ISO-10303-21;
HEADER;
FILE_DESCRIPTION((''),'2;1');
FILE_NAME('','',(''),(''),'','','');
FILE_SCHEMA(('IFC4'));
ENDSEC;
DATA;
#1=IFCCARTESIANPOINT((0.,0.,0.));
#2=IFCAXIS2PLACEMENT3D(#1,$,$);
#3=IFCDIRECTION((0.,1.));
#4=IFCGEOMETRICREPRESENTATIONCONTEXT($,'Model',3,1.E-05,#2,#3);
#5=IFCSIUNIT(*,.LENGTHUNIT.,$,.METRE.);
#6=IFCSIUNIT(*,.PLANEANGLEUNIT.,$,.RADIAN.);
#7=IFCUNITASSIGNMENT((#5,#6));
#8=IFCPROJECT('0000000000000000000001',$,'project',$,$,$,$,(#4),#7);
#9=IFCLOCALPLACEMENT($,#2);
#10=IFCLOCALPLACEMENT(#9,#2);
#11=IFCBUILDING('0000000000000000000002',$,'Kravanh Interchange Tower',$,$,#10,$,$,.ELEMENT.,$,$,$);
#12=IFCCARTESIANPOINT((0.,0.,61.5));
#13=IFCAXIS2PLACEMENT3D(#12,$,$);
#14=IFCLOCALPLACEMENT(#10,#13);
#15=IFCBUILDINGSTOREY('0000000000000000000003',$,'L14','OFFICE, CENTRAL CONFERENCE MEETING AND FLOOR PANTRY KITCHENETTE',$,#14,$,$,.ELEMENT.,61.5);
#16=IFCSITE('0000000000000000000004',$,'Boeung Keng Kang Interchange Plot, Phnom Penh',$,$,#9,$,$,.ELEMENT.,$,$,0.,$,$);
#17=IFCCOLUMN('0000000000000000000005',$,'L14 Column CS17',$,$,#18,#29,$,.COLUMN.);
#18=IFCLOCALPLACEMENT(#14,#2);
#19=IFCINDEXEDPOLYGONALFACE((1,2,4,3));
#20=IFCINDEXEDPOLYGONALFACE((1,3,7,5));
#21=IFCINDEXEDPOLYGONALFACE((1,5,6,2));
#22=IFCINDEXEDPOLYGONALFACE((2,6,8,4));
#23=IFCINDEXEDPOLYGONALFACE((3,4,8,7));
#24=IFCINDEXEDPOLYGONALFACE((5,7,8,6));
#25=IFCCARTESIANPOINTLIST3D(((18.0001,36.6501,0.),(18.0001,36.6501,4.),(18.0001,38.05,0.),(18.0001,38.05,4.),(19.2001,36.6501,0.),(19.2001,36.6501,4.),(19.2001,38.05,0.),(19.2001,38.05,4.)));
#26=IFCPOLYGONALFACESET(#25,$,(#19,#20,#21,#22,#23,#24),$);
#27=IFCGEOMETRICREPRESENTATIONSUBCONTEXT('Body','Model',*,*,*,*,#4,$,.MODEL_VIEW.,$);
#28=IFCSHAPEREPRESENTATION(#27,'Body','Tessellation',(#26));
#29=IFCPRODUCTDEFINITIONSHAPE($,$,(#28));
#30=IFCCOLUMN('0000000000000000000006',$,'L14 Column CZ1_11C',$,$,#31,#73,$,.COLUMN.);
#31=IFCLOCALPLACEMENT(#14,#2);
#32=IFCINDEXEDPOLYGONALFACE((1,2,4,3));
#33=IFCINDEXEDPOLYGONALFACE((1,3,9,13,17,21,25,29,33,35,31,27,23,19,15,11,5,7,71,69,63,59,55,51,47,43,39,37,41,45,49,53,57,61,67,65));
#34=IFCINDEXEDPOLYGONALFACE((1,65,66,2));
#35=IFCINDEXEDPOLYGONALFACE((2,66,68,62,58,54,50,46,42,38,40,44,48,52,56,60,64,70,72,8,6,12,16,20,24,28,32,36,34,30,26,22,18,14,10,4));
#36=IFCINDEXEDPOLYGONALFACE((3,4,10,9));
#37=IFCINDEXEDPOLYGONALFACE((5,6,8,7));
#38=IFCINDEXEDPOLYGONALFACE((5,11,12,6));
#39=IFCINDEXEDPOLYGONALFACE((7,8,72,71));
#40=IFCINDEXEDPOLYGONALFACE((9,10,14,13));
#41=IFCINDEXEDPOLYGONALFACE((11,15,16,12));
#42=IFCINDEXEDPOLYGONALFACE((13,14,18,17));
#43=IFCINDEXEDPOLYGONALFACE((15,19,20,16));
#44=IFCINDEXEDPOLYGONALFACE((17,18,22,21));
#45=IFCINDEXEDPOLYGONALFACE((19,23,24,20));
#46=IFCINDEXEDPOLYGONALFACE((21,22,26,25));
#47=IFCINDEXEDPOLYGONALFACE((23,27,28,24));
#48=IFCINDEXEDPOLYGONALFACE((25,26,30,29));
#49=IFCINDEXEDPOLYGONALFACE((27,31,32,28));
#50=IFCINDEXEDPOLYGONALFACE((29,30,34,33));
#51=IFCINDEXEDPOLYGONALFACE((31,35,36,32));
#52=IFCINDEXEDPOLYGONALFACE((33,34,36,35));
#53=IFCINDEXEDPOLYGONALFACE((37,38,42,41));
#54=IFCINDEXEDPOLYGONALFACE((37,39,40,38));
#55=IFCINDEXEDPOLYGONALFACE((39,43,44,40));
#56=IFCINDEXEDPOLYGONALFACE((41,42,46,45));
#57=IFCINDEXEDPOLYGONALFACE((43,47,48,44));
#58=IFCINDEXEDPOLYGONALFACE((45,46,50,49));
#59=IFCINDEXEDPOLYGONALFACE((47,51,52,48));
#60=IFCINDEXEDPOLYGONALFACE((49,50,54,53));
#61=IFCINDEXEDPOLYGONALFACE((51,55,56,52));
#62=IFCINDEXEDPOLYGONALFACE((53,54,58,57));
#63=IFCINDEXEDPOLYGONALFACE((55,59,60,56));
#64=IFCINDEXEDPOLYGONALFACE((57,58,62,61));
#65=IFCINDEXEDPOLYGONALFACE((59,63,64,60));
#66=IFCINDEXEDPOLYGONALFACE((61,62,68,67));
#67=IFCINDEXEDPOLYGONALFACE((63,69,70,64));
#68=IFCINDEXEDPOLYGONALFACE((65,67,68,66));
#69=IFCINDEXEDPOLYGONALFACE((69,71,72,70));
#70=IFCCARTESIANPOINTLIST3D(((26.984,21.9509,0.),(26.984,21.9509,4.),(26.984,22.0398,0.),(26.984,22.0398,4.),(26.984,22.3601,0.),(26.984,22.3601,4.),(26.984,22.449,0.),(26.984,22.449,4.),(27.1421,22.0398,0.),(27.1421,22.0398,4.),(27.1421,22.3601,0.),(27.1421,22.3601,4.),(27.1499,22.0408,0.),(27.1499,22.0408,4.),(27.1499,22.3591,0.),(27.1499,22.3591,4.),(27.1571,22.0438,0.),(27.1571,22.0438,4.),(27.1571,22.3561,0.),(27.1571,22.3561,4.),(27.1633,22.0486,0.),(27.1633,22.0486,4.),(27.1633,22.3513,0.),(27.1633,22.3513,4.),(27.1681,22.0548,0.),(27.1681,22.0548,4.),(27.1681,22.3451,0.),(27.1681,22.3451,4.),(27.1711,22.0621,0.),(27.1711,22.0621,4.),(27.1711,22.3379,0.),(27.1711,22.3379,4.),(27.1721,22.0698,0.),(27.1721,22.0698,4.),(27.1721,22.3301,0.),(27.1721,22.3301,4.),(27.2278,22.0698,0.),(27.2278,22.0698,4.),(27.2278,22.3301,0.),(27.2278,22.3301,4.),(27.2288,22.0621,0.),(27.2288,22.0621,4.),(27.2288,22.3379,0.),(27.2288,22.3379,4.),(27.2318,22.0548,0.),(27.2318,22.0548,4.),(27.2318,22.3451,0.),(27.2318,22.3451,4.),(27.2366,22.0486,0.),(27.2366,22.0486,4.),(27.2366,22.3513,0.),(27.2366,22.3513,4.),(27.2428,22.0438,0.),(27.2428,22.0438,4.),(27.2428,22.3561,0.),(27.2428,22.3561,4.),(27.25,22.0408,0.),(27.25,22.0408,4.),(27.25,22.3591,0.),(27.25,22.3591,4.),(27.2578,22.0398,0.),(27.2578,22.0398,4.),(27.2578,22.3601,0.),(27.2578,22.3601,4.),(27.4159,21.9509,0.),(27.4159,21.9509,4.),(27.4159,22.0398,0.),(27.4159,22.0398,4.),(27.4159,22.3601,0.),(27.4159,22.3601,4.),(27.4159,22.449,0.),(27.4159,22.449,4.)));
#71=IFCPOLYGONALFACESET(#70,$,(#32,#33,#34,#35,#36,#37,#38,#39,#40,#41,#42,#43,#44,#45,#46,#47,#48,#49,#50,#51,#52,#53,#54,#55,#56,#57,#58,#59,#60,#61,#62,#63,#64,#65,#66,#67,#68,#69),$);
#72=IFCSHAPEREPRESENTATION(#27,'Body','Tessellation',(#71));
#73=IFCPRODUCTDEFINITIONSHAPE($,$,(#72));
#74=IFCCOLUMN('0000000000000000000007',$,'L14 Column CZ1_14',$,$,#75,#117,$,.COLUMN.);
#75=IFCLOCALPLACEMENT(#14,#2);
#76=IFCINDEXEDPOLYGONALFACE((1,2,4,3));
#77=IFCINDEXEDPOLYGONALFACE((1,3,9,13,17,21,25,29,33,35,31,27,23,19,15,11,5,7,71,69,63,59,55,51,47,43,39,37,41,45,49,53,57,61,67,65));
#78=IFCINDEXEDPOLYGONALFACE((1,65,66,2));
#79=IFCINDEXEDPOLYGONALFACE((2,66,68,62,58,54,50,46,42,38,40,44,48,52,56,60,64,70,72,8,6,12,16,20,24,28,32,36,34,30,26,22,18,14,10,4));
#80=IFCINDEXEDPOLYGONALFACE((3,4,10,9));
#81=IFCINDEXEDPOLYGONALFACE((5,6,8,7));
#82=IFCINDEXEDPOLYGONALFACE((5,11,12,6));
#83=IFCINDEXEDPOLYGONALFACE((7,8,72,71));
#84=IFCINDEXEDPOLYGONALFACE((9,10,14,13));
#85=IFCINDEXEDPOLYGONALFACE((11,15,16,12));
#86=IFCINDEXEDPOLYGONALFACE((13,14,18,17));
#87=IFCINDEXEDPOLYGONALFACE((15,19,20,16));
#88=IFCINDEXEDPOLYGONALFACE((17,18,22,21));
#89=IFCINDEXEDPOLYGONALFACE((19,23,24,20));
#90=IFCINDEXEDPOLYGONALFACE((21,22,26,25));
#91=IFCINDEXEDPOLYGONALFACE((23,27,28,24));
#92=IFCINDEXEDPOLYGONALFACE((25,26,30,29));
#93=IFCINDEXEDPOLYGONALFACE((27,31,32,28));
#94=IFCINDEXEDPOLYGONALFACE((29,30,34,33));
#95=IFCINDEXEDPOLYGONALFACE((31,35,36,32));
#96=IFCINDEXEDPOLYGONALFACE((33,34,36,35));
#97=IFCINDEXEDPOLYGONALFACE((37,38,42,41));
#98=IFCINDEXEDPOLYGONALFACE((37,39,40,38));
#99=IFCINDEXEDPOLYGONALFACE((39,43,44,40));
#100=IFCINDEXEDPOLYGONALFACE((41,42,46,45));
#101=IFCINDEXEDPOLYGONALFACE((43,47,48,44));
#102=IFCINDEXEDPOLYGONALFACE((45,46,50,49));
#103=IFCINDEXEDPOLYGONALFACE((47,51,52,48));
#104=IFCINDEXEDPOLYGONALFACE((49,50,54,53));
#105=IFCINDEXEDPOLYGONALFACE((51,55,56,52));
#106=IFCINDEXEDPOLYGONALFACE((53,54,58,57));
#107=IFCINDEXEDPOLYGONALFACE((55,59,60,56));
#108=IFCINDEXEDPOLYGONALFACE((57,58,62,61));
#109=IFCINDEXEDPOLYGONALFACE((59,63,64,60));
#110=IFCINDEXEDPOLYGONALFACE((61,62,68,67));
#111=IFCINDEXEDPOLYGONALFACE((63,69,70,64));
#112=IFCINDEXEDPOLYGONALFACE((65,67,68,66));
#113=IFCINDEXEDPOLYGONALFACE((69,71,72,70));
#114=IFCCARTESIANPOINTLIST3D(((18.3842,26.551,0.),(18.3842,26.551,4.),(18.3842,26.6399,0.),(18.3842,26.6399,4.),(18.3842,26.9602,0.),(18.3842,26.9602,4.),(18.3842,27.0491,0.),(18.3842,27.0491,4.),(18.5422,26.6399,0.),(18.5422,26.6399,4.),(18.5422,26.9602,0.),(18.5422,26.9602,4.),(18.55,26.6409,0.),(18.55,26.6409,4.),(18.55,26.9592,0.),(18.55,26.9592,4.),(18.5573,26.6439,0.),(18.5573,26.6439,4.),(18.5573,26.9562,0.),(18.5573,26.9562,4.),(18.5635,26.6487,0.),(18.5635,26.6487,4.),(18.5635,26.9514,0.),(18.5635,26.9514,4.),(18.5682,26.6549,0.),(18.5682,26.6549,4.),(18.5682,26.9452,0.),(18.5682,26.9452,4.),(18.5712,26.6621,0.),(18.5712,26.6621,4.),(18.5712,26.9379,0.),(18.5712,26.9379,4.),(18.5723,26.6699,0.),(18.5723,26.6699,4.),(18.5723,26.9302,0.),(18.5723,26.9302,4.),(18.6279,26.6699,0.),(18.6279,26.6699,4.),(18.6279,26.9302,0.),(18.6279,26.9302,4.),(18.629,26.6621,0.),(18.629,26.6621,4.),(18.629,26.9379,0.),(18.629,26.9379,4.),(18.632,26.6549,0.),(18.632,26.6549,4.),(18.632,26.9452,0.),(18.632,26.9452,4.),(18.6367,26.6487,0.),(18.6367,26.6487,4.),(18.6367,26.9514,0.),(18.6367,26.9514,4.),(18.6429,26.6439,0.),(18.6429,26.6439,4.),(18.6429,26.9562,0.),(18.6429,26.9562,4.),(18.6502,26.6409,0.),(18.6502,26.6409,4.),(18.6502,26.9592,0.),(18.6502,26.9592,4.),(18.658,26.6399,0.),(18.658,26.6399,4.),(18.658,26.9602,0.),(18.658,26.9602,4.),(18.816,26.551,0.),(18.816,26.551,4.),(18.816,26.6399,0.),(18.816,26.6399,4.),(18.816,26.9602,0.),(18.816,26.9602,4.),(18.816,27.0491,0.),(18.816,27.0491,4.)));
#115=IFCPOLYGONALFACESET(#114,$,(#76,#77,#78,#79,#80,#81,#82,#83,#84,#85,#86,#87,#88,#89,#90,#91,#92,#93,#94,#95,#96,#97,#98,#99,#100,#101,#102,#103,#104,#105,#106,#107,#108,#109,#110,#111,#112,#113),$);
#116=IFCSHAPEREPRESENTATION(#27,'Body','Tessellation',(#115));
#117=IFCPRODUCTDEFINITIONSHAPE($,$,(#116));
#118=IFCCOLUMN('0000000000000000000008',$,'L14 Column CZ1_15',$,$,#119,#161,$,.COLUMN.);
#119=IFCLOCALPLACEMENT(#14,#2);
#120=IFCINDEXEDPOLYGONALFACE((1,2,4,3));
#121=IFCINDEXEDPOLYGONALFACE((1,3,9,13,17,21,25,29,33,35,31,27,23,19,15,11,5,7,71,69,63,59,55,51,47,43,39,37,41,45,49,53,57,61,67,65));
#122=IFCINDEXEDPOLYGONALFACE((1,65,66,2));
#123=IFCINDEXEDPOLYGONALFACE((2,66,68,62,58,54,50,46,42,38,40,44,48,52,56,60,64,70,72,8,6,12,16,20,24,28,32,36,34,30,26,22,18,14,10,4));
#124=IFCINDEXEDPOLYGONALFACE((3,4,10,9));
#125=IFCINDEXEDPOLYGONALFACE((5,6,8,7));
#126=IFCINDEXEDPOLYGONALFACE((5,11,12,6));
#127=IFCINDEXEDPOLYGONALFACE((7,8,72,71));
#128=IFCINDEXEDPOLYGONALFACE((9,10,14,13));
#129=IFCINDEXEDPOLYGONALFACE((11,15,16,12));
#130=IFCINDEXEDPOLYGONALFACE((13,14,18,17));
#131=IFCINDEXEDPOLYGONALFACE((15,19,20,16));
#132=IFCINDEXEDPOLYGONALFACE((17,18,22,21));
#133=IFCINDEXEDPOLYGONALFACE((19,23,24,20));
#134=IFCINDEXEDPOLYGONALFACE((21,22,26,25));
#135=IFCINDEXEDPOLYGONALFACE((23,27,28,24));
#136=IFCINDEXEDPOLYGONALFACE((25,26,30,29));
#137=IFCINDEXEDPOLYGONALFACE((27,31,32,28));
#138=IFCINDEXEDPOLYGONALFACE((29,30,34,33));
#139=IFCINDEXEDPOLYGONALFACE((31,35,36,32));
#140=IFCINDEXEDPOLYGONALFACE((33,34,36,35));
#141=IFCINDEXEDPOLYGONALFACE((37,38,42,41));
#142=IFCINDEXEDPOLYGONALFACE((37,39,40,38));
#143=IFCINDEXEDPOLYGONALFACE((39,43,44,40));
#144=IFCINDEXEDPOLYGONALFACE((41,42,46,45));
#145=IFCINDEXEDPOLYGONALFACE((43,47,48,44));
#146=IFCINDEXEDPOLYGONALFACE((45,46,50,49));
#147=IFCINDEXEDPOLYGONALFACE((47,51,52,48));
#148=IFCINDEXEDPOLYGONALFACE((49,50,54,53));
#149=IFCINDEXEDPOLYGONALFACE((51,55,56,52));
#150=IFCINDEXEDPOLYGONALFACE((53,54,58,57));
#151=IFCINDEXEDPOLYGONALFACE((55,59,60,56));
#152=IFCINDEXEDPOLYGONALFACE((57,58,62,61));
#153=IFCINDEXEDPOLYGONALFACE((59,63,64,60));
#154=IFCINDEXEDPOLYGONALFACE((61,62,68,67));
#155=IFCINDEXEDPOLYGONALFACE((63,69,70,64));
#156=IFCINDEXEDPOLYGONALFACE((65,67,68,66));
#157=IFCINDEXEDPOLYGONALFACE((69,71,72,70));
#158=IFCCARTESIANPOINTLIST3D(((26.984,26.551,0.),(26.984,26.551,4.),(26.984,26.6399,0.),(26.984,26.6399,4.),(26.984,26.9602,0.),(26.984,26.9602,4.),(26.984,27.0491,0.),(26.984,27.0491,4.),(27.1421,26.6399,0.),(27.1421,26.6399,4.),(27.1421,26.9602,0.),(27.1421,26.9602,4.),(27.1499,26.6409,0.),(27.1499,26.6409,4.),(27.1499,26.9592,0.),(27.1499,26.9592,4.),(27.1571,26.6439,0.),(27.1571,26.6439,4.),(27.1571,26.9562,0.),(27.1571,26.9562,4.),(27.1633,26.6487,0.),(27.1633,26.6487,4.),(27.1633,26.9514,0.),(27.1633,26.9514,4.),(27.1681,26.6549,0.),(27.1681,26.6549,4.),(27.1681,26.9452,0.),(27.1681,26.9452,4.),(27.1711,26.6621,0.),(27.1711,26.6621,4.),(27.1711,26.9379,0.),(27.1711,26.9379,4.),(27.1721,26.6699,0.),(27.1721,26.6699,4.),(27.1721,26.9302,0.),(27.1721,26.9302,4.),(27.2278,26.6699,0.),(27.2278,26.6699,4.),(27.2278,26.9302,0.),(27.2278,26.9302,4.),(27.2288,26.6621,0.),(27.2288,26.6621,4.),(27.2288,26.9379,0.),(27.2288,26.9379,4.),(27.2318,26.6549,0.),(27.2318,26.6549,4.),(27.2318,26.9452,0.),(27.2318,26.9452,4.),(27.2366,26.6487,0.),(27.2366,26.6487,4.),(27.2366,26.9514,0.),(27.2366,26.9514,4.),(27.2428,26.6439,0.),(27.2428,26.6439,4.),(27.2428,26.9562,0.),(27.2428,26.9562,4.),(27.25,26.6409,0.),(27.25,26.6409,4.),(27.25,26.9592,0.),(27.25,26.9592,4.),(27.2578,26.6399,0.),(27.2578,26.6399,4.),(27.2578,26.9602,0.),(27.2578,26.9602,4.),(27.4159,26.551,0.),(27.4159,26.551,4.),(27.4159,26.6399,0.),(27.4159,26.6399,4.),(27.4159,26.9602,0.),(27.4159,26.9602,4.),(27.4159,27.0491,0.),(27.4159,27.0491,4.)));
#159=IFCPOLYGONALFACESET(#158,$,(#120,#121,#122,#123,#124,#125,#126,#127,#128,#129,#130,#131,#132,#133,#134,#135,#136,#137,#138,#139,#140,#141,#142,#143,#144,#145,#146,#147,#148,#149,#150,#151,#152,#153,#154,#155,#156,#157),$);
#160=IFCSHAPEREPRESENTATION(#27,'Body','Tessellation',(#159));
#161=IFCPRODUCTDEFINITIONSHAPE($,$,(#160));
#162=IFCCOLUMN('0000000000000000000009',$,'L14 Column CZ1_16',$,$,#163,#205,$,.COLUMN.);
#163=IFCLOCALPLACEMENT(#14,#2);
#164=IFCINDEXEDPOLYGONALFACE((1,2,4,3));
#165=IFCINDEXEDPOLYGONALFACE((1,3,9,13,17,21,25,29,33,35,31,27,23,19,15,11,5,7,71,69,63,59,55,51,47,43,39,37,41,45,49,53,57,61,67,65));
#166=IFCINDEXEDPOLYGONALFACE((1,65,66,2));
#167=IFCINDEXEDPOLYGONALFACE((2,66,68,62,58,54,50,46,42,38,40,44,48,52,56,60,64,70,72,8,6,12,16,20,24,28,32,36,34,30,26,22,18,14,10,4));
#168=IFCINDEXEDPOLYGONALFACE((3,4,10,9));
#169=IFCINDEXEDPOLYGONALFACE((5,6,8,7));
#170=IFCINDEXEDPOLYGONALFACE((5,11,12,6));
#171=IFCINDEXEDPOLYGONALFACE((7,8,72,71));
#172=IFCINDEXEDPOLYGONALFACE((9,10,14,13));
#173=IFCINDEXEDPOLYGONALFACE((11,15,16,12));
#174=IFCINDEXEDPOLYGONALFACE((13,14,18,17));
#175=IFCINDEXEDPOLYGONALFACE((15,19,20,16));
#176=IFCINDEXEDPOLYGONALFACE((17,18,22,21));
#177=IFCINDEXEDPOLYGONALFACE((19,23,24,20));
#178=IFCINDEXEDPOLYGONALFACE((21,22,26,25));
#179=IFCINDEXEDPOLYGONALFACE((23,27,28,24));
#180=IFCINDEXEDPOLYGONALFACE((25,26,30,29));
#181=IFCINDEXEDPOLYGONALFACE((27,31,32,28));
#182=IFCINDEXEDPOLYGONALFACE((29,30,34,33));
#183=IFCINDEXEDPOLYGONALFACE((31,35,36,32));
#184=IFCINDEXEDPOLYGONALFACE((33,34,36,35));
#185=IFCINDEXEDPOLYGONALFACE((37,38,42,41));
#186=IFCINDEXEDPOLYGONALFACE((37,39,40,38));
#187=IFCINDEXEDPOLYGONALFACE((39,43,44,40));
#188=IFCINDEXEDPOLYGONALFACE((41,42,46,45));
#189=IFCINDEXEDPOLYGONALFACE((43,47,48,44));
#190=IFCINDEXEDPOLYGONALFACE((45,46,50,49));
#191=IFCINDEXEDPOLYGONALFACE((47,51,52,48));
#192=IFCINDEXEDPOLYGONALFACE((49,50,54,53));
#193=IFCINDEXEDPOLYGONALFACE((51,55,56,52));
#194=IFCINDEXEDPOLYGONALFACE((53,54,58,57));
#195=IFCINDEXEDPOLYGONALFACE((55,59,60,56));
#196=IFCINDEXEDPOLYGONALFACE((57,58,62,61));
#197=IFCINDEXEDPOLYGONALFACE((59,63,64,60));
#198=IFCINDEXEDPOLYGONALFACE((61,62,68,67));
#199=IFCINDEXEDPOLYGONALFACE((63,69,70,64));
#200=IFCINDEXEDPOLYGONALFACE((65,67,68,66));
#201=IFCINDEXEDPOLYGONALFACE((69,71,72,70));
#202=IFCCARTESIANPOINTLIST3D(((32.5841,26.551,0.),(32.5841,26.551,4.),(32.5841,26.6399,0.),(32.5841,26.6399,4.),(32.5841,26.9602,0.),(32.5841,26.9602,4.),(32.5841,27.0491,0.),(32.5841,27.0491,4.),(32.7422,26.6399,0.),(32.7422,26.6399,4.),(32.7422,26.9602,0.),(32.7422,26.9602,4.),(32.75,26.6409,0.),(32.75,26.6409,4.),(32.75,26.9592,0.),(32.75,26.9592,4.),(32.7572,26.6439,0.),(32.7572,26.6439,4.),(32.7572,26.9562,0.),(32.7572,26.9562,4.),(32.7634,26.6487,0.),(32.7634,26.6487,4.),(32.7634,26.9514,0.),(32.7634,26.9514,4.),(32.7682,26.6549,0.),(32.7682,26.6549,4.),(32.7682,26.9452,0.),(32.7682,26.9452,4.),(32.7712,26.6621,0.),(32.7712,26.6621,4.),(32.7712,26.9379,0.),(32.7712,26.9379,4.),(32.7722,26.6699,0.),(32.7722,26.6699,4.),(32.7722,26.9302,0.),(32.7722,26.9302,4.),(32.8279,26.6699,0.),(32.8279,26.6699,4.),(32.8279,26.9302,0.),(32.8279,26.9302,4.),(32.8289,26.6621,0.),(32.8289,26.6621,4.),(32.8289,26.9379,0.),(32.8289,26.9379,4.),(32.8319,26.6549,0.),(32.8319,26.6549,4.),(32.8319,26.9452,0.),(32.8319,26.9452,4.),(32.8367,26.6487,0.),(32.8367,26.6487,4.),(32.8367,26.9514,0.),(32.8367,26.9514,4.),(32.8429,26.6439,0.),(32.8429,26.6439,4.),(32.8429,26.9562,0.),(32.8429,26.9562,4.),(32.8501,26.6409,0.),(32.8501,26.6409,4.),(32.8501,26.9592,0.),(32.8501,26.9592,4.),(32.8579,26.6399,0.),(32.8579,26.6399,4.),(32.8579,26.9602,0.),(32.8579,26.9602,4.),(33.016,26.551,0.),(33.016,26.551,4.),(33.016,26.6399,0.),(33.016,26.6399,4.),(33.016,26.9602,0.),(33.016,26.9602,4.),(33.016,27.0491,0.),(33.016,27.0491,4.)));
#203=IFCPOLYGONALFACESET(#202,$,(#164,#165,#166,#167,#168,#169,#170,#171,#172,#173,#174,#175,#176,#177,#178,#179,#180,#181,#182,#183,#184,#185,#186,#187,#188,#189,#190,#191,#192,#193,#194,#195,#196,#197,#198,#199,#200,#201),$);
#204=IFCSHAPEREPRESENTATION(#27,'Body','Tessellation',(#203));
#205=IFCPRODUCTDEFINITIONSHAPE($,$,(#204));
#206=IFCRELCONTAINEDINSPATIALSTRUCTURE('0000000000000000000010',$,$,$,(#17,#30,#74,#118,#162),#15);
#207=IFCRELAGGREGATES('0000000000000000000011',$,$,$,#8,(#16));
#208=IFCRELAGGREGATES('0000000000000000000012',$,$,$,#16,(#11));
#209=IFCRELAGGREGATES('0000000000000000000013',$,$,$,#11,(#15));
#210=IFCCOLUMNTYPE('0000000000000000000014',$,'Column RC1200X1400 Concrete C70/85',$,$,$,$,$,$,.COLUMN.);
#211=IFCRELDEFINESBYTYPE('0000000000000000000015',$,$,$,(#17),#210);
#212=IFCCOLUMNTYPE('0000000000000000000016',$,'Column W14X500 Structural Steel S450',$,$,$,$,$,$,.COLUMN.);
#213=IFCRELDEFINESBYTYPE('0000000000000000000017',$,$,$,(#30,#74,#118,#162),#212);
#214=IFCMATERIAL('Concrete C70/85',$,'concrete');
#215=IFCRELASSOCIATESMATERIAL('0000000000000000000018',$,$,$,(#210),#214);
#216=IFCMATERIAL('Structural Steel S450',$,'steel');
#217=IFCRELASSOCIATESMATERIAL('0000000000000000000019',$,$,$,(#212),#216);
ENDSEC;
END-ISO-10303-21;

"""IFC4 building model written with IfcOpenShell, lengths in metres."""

from ifc_helpers import new_model, si_unit, direction, frame, origin, origin_2d, place, context, subcontext, project, spatial, rectangle, i_section, extrude, material, material_profile, profile_set, type_object, element, save


model = new_model("IFC4")

# Units and contexts
model_context = context("Model", 3, precision=1e-05, world=origin(), true_north=direction((0.0, 1.0)))
body_context = subcontext(model_context, "Body", "Model", "MODEL_VIEW")
ifc_project = project(units=[si_unit("LENGTHUNIT", "METRE"), si_unit("PLANEANGLEUNIT", "RADIAN")], contexts=[model_context])

# Site, building, storey
site_placement = place(None, origin())
site = spatial("IfcSite", under=ifc_project, at=site_placement, Name="Boeung Keng Kang Interchange Plot, Phnom Penh", CompositionType="ELEMENT", RefElevation=0.0)
building_placement = place(site_placement, origin())
building = spatial("IfcBuilding", under=site, at=building_placement, Name="Kravanh Interchange Tower", CompositionType="ELEMENT")
storey_placement = place(building_placement, frame((0.0, 0.0, 61.5)))
storey = spatial("IfcBuildingStorey", under=building, at=storey_placement, Name="L14", Description="OFFICE, CENTRAL CONFERENCE MEETING AND FLOOR PANTRY KITCHENETTE", CompositionType="ELEMENT", Elevation=61.5)

# Columns
ifc_material_1 = material(Name="Concrete C70/85", Category="concrete")
ifc_material_profile_1 = material_profile(ifc_material_1, rectangle(XDim=1.2, YDim=1.3999, at=origin_2d()), Name="RC1200X1400")
ifc_profile_set_1 = profile_set([ifc_material_profile_1], Name="Concrete C70/85")
column_type_1 = type_object("IfcColumnType", Name="Column RC1200X1400 Concrete C70/85", PredefinedType="COLUMN", material=ifc_profile_set_1)
column_placement = place(storey_placement, frame((18.6001, 37.3501, 0.0), z_axis=(0.0, 0.0, 1.0), x_axis=(1.0, 0.0, 0.0)))
element("IfcColumn", 1, at=column_placement, inside=storey, type_object=column_type_1, Name="L14 Column CS17", PredefinedType="COLUMN", context=body_context, shape_type="SweptSolid", body=[
    extrude(rectangle(XDim=1.2, YDim=1.3999, at=origin_2d()), origin(), (0.0, 0.0, 1.0), 4.0),
])
ifc_material_2 = material(Name="Structural Steel S450", Category="steel")
ifc_material_profile_2 = material_profile(ifc_material_2, i_section(OverallWidth=0.4319, OverallDepth=0.498, WebThickness=0.0557, FlangeThickness=0.0889, FilletRadius=0.03, at=origin_2d()), Name="W14X500")
ifc_profile_set_2 = profile_set([ifc_material_profile_2], Name="Structural Steel S450")
column_type_2 = type_object("IfcColumnType", Name="Column W14X500 Structural Steel S450", PredefinedType="COLUMN", material=ifc_profile_set_2)
for number, where, z_axis, x_axis, name in (
    (2, (27.2, 22.2, 0.0), (0.0, 0.0, 1.0), (1.0, 0.0, 0.0), "L14 Column CZ1_11C"),
    (3, (18.6001, 26.8, 0.0), (0.0, 0.0, 1.0), (1.0, 0.0, 0.0), "L14 Column CZ1_14"),
    (4, (27.2, 26.8, 0.0), (0.0, 0.0, 1.0), (1.0, 0.0, 0.0), "L14 Column CZ1_15"),
    (5, (32.8, 26.8, 0.0), (0.0, 0.0, 1.0), (1.0, 0.0, 0.0), "L14 Column CZ1_16"),
):
    element("IfcColumn", number, at=place(storey_placement, frame(where, z_axis=z_axis, x_axis=x_axis)), inside=storey, type_object=column_type_2, Name=name, PredefinedType="COLUMN", context=body_context, shape_type="SweptSolid", body=[
        extrude(i_section(OverallWidth=0.4319, OverallDepth=0.498, WebThickness=0.0557, FlangeThickness=0.0889, FilletRadius=0.03, at=origin_2d()), origin(), (0.0, 0.0, 1.0), 4.0),
    ])

save(model, "model.ifc")
